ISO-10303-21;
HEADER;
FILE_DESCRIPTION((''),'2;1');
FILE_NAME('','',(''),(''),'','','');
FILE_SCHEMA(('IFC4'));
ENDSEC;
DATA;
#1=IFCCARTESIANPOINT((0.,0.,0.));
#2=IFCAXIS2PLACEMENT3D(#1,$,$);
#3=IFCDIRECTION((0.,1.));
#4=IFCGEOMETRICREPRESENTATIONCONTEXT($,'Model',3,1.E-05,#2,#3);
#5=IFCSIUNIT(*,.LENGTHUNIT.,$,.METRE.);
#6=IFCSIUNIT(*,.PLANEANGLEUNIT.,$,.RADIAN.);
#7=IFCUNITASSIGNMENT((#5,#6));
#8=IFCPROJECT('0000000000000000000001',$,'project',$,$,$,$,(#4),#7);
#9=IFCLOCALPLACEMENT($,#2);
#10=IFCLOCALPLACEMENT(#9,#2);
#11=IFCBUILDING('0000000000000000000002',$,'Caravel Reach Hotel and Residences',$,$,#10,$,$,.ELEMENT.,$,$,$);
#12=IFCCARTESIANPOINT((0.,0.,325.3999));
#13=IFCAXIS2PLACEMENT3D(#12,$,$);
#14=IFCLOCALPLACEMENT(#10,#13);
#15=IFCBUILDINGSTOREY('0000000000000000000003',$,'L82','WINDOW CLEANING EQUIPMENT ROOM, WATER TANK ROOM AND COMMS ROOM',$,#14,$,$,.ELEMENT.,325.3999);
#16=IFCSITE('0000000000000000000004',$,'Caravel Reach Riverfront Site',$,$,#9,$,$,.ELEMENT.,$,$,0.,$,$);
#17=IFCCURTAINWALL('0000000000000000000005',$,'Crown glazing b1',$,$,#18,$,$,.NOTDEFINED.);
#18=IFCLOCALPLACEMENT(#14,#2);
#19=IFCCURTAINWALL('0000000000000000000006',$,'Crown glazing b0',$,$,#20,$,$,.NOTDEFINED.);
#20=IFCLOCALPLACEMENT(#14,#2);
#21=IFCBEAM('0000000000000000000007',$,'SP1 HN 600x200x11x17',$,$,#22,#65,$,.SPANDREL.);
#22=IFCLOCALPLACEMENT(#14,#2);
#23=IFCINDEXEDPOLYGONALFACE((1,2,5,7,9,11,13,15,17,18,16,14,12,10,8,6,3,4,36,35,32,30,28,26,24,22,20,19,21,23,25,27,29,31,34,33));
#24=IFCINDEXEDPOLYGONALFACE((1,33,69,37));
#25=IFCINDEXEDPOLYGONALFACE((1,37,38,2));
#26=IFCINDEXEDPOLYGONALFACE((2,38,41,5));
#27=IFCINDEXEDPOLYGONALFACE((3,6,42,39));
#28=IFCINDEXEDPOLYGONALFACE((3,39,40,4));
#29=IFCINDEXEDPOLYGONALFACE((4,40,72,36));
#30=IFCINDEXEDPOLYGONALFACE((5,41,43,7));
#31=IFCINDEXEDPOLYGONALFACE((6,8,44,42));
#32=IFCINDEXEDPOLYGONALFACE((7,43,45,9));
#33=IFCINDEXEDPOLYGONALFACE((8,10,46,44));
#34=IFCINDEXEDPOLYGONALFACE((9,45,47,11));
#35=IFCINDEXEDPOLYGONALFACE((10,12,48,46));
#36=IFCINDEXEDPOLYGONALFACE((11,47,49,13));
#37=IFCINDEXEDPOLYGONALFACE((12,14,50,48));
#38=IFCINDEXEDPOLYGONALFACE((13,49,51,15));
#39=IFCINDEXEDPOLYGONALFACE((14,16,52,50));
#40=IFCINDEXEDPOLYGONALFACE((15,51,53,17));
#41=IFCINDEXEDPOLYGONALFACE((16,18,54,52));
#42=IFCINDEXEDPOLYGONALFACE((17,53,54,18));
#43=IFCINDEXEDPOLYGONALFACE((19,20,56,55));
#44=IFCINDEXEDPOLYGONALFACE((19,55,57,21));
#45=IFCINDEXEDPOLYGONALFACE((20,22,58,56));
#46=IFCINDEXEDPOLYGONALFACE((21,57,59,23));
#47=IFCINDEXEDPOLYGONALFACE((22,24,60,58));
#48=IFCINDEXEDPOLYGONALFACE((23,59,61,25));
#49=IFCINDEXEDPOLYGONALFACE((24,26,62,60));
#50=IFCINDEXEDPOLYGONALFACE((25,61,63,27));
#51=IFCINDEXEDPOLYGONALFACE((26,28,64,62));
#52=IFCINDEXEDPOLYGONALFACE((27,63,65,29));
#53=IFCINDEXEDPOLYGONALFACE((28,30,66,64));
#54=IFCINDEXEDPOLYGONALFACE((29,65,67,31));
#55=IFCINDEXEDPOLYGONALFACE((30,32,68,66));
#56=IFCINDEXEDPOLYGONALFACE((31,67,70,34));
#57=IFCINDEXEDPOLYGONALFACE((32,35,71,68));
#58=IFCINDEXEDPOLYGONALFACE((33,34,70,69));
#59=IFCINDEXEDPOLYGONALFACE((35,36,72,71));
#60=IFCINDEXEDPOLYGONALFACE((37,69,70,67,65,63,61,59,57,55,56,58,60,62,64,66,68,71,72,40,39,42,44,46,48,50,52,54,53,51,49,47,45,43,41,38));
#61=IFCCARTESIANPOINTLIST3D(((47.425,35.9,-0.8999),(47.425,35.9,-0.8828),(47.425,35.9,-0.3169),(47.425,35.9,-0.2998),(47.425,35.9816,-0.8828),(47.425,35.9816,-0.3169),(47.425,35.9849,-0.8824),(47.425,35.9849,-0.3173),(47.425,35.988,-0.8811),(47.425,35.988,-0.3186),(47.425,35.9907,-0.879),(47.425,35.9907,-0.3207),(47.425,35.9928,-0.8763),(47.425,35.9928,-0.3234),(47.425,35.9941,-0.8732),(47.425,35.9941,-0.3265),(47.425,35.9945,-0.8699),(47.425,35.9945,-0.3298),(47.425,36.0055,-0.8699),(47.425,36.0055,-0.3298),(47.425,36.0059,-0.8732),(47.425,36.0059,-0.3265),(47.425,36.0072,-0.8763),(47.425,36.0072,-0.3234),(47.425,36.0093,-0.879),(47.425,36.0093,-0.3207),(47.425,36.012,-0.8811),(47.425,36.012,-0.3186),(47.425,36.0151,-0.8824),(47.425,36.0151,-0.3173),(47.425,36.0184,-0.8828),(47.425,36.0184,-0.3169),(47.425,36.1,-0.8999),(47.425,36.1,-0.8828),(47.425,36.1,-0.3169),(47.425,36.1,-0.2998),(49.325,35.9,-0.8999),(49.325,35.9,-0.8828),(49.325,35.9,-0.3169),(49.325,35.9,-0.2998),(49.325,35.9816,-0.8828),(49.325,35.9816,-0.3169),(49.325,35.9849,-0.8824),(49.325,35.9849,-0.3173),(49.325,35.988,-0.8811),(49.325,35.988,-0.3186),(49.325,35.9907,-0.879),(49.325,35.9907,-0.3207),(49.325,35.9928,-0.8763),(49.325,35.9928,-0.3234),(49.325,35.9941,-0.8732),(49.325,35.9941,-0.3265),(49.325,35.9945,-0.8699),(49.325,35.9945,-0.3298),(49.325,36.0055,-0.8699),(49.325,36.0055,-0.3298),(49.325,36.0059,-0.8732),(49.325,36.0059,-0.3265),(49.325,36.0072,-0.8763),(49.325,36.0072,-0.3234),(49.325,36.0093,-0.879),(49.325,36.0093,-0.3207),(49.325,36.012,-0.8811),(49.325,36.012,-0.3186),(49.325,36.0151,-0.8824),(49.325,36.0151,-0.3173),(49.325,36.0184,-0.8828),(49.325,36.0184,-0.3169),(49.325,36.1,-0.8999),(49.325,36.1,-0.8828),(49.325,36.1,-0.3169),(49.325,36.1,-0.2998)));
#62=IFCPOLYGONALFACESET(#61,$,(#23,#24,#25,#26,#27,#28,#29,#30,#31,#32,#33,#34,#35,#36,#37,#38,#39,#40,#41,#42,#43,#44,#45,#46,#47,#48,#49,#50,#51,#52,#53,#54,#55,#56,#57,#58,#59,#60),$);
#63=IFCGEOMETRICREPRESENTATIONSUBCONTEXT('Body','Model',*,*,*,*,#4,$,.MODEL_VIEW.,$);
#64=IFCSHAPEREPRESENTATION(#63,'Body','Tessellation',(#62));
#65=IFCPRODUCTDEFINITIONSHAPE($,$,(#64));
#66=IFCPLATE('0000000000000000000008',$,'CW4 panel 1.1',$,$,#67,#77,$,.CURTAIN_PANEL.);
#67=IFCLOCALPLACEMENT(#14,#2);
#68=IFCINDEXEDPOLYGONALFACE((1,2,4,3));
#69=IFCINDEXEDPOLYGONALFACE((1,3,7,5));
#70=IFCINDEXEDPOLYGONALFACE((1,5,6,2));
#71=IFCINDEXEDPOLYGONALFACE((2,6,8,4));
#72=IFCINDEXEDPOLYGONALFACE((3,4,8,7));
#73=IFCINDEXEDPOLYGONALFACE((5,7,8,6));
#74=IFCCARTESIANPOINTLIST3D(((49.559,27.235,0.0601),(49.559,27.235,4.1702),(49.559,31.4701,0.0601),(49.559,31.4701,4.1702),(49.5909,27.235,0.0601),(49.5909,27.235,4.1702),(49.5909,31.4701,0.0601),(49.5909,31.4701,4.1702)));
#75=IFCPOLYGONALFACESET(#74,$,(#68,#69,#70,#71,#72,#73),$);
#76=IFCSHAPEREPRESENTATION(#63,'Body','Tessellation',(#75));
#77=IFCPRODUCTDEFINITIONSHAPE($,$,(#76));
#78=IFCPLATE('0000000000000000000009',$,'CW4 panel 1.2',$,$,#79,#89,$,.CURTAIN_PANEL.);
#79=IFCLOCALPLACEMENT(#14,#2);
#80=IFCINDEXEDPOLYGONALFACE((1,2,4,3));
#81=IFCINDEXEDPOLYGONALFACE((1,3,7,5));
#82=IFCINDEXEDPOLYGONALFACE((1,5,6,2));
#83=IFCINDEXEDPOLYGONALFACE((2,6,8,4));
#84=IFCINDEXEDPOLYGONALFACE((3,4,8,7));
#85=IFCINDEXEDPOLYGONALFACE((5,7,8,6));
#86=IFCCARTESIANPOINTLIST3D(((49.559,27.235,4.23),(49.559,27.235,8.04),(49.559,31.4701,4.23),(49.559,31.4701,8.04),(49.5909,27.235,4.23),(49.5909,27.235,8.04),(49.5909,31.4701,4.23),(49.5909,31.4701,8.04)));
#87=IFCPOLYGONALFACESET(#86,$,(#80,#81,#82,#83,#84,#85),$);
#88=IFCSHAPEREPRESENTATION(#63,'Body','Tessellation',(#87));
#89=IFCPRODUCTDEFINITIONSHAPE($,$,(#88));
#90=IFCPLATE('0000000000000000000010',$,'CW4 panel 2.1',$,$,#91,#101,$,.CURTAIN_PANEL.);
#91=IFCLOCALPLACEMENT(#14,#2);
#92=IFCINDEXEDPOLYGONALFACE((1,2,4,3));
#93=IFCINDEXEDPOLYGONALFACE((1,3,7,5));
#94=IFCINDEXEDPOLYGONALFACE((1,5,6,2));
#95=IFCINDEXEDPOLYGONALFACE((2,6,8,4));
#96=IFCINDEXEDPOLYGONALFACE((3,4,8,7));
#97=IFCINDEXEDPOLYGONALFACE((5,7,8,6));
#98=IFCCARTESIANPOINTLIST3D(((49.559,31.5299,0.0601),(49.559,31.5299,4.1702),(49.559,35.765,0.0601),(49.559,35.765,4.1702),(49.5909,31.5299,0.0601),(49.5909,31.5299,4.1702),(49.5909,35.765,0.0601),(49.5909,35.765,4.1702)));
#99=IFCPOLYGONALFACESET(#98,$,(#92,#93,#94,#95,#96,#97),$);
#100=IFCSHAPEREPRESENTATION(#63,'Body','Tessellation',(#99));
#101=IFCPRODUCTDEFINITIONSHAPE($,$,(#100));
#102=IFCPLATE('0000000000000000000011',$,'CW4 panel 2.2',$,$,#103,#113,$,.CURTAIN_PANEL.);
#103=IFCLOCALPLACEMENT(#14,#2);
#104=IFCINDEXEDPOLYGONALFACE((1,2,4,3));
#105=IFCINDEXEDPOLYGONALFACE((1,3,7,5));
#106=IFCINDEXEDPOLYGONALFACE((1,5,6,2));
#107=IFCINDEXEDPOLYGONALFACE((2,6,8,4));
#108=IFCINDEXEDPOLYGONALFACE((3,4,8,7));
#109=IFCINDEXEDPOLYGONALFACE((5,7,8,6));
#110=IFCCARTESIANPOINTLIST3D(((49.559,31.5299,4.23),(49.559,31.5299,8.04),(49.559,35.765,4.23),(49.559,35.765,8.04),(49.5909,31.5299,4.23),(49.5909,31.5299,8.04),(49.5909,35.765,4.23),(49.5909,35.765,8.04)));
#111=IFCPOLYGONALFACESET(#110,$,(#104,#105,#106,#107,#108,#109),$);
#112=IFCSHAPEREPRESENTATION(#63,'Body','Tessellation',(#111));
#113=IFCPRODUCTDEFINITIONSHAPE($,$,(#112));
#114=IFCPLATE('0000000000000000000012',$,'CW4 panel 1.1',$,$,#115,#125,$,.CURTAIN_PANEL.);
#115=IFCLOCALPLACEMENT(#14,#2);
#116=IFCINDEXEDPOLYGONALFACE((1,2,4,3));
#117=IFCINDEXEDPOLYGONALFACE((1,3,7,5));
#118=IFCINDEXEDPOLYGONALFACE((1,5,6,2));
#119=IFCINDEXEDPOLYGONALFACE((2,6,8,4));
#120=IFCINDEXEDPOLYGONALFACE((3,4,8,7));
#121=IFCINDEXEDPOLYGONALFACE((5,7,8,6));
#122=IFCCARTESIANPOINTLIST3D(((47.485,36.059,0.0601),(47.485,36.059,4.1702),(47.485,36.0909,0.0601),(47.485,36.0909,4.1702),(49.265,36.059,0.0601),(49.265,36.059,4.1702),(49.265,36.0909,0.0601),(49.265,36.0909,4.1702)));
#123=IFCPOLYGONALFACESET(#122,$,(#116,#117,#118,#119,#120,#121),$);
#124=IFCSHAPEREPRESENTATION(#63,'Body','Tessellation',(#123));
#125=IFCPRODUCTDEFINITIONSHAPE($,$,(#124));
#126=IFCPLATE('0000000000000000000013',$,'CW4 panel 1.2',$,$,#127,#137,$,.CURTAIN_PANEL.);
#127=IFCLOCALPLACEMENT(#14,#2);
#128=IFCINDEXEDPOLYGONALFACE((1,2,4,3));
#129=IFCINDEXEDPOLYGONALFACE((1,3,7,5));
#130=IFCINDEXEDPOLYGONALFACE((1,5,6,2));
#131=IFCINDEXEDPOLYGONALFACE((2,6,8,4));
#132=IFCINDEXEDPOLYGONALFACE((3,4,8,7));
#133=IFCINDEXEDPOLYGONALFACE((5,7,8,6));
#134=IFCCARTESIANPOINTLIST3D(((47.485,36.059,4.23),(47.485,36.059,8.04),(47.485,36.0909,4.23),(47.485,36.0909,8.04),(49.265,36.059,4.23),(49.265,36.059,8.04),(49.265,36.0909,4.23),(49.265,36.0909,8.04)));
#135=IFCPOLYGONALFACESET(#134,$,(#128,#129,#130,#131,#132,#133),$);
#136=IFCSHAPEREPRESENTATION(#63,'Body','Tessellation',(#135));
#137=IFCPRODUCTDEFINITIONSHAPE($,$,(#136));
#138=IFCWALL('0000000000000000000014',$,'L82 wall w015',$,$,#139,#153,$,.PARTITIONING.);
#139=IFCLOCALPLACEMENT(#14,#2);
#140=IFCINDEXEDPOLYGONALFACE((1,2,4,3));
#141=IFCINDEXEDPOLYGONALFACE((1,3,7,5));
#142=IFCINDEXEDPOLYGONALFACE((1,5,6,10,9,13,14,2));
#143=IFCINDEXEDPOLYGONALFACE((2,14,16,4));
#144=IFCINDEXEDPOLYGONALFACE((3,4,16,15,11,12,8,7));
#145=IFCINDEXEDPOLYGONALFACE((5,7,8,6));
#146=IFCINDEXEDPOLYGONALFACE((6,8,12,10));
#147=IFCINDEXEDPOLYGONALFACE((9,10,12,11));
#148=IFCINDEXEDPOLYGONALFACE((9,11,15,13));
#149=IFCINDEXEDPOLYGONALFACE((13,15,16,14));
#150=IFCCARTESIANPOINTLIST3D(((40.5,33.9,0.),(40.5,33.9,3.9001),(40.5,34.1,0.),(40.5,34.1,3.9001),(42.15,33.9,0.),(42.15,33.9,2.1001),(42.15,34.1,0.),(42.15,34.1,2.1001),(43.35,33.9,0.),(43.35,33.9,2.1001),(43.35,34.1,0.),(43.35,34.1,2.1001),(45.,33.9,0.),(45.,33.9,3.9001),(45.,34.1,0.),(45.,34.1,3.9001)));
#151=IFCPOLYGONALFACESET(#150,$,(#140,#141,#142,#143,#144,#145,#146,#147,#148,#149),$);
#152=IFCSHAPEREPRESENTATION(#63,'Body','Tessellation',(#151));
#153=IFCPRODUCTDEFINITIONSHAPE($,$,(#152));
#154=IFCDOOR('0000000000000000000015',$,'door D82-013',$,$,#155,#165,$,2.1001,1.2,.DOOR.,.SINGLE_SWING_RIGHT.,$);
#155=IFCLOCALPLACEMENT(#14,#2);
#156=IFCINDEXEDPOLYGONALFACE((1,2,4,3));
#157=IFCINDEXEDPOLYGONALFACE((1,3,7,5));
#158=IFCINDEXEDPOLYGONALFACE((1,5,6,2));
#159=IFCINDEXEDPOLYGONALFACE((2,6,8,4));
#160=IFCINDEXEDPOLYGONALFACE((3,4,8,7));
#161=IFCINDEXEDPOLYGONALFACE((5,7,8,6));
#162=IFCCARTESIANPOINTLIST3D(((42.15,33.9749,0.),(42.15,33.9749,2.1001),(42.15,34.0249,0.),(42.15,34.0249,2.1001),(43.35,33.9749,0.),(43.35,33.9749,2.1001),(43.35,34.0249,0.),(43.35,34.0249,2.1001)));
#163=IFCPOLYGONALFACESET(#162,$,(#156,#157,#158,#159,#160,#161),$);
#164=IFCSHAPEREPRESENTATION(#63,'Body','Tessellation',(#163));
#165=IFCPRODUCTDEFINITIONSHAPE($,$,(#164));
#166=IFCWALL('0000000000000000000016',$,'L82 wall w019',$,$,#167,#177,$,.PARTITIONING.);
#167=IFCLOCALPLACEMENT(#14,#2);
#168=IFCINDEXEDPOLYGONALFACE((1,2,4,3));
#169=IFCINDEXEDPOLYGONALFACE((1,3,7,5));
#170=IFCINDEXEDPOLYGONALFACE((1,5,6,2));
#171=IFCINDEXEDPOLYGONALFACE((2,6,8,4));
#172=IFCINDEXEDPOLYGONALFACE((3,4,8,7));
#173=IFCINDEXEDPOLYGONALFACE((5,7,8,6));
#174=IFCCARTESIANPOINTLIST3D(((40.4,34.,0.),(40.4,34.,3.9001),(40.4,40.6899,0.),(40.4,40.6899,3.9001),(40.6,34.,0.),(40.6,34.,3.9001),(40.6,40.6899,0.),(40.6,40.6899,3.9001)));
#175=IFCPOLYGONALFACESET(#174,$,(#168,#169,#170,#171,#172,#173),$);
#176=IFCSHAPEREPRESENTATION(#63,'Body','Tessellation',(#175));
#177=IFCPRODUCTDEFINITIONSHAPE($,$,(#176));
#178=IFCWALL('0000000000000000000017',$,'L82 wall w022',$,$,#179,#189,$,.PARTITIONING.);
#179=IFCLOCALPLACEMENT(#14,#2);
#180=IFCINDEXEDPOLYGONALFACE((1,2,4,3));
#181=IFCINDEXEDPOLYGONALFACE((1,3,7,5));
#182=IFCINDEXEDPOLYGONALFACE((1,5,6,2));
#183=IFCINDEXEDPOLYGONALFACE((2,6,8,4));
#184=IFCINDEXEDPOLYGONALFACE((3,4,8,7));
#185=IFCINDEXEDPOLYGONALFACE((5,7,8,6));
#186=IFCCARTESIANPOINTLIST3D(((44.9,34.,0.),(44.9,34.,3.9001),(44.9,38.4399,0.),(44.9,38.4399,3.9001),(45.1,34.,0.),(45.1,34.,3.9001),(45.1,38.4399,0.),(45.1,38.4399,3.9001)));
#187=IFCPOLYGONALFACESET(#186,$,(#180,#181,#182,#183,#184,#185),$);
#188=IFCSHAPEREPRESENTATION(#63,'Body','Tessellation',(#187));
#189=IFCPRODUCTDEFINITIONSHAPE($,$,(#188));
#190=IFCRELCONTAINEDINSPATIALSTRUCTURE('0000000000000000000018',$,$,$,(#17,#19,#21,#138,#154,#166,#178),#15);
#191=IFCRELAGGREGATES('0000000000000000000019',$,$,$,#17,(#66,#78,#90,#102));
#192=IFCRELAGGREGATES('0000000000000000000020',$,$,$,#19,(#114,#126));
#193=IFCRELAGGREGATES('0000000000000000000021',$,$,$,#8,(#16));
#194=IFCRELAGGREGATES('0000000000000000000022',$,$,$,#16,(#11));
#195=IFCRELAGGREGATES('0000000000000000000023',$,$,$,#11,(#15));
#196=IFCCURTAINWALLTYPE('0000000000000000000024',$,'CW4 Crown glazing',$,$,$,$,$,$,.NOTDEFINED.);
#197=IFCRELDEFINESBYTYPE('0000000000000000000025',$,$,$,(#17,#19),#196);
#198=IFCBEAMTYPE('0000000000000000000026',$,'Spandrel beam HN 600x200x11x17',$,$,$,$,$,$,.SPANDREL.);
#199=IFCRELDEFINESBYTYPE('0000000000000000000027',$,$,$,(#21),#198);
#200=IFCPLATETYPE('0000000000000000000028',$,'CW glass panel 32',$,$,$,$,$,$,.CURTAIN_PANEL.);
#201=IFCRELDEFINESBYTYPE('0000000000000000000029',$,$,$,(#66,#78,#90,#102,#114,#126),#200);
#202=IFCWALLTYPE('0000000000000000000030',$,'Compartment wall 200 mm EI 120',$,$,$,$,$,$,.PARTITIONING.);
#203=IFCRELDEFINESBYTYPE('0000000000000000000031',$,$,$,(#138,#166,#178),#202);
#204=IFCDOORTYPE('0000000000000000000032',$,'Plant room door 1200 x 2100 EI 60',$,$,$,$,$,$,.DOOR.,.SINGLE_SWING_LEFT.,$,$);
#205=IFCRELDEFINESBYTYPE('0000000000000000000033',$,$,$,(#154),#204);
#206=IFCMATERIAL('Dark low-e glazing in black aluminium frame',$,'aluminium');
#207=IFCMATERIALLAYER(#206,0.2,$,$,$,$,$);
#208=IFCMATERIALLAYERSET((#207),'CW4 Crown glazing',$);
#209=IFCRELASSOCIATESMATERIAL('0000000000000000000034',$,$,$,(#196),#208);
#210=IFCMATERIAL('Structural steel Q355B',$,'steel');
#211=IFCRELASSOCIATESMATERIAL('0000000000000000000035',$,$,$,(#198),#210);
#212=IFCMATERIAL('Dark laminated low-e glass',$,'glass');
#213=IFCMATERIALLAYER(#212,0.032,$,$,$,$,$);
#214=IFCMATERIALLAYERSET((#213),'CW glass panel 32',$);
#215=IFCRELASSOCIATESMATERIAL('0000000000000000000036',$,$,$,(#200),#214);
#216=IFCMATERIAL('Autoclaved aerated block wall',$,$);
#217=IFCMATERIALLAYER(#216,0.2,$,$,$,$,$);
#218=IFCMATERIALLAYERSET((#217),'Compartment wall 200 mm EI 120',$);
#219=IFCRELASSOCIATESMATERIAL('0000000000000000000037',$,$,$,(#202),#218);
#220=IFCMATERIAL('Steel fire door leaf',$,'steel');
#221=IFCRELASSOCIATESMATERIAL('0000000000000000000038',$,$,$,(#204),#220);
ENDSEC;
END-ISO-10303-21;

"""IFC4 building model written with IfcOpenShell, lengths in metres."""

from ifc_helpers import new_model, si_unit, direction, frame, frame_2d, origin, origin_2d, place, context, subcontext, project, spatial, rectangle, i_section, extrude, material, layer, layer_set, material_profile, profile_set, type_object, element, fill, aggregate, save


model = new_model("IFC4")

# Units and contexts
model_context = context("Model", 3, precision=1e-05, world=origin(), true_north=direction((0.0, 1.0)))
body_context = subcontext(model_context, "Body", "Model", "MODEL_VIEW")
ifc_project = project(units=[si_unit("LENGTHUNIT", "METRE"), si_unit("PLANEANGLEUNIT", "RADIAN")], contexts=[model_context])

# Site, building, storey
site_placement = place(None, origin())
site = spatial("IfcSite", under=ifc_project, at=site_placement, Name="Caravel Reach Riverfront Site", CompositionType="ELEMENT", RefElevation=0.0)
building_placement = place(site_placement, origin())
building = spatial("IfcBuilding", under=site, at=building_placement, Name="Caravel Reach Hotel and Residences", CompositionType="ELEMENT")
storey_placement = place(building_placement, frame((0.0, 0.0, 325.3999)))
storey = spatial("IfcBuildingStorey", under=building, at=storey_placement, Name="L82", Description="WINDOW CLEANING EQUIPMENT ROOM, WATER TANK ROOM AND COMMS ROOM", CompositionType="ELEMENT", Elevation=325.3999)

# Shared definitions
ifc_material_1 = material(Name="Dark low-e glazing in black aluminium frame", Category="aluminium")
ifc_layer_1 = layer(ifc_material_1, 0.2)
ifc_layer_set_1 = layer_set([ifc_layer_1], Name="CW4 Crown glazing")
curtain_wall_type = type_object("IfcCurtainWallType", Name="CW4 Crown glazing", PredefinedType="NOTDEFINED", material=ifc_layer_set_1)

# Curtain wall
curtain_wall_1_placement = place(storey_placement, origin())
curtain_wall_1 = element("IfcCurtainWall", 1, at=curtain_wall_1_placement, inside=storey, type_object=curtain_wall_type, Name="Crown glazing b1", PredefinedType="NOTDEFINED")

# Curtain wall
curtain_wall_2_placement = place(storey_placement, origin())
curtain_wall_2 = element("IfcCurtainWall", 2, at=curtain_wall_2_placement, inside=storey, type_object=curtain_wall_type, Name="Crown glazing b0", PredefinedType="NOTDEFINED")

# Beam
ifc_material_2 = material(Name="Structural steel Q355B", Category="steel")
ifc_material_profile_1 = material_profile(ifc_material_2, i_section(OverallWidth=0.2, OverallDepth=0.6001, WebThickness=0.011, FlangeThickness=0.0171, FilletRadius=0.0129, at=origin_2d()), Name="HN 600x200x11x17")
ifc_profile_set_1 = profile_set([ifc_material_profile_1], Name="Structural steel Q355B")
beam_type = type_object("IfcBeamType", Name="Spandrel beam HN 600x200x11x17", PredefinedType="SPANDREL", material=ifc_profile_set_1)
beam_1_placement = place(storey_placement, frame((49.325, 36.0, -0.5999), z_axis=(-1.0, 0.0, 0.0), x_axis=(0.0, -1.0, 0.0)))
element("IfcBeam", 3, at=beam_1_placement, inside=storey, type_object=beam_type, Name="SP1 HN 600x200x11x17", PredefinedType="SPANDREL", context=body_context, shape_type="SweptSolid", body=[
    extrude(i_section(OverallWidth=0.2, OverallDepth=0.6001, WebThickness=0.011, FlangeThickness=0.0171, FilletRadius=0.0129, at=origin_2d()), origin(), (0.0, 0.0, 1.0), 1.8999),
])

# Plates
ifc_material_3 = material(Name="Dark laminated low-e glass", Category="glass")
ifc_layer_2 = layer(ifc_material_3, 0.032)
ifc_layer_set_2 = layer_set([ifc_layer_2], Name="CW glass panel 32")
plate_type = type_object("IfcPlateType", Name="CW glass panel 32", PredefinedType="CURTAIN_PANEL", material=ifc_layer_set_2)
plate_1_placement = place(storey_placement, frame((49.575, 29.3525, 0.0601), z_axis=(0.0, 0.0, 1.0), x_axis=(0.0, 1.0, 0.0)))
plate_1 = element("IfcPlate", 4, at=plate_1_placement, type_object=plate_type, Name="CW4 panel 1.1", PredefinedType="CURTAIN_PANEL", context=body_context, shape_type="SweptSolid", body=[
    extrude(rectangle(XDim=4.2351, YDim=0.032, at=origin_2d()), origin(), (0.0, 0.0, 1.0), 4.1101),
])
plate_2_placement = place(storey_placement, frame((49.575, 29.3525, 4.23), z_axis=(0.0, 0.0, 1.0), x_axis=(0.0, 1.0, 0.0)))
plate_2 = element("IfcPlate", 5, at=plate_2_placement, type_object=plate_type, Name="CW4 panel 1.2", PredefinedType="CURTAIN_PANEL", context=body_context, shape_type="SweptSolid", body=[
    extrude(rectangle(XDim=4.2351, YDim=0.032, at=origin_2d()), origin(), (0.0, 0.0, 1.0), 3.8101),
])
plate_3_placement = place(storey_placement, frame((49.575, 33.6475, 0.0601), z_axis=(0.0, 0.0, 1.0), x_axis=(0.0, 1.0, 0.0)))
plate_3 = element("IfcPlate", 6, at=plate_3_placement, type_object=plate_type, Name="CW4 panel 2.1", PredefinedType="CURTAIN_PANEL", context=body_context, shape_type="SweptSolid", body=[
    extrude(rectangle(XDim=4.2351, YDim=0.032, at=origin_2d()), origin(), (0.0, 0.0, 1.0), 4.1101),
])
plate_4_placement = place(storey_placement, frame((49.575, 33.6475, 4.23), z_axis=(0.0, 0.0, 1.0), x_axis=(0.0, 1.0, 0.0)))
plate_4 = element("IfcPlate", 7, at=plate_4_placement, type_object=plate_type, Name="CW4 panel 2.2", PredefinedType="CURTAIN_PANEL", context=body_context, shape_type="SweptSolid", body=[
    extrude(rectangle(XDim=4.2351, YDim=0.032, at=origin_2d()), origin(), (0.0, 0.0, 1.0), 3.8101),
])
aggregate(curtain_wall_1, [plate_1, plate_2, plate_3, plate_4])
plate_5_placement = place(storey_placement, frame((48.375, 36.075, 0.0601), z_axis=(0.0, 0.0, 1.0), x_axis=(-1.0, 0.0, 0.0)))
plate_5 = element("IfcPlate", 8, at=plate_5_placement, type_object=plate_type, Name="CW4 panel 1.1", PredefinedType="CURTAIN_PANEL", context=body_context, shape_type="SweptSolid", body=[
    extrude(rectangle(XDim=1.78, YDim=0.032, at=origin_2d()), origin(), (0.0, 0.0, 1.0), 4.1101),
])
plate_6_placement = place(storey_placement, frame((48.375, 36.075, 4.23), z_axis=(0.0, 0.0, 1.0), x_axis=(-1.0, 0.0, 0.0)))
plate_6 = element("IfcPlate", 9, at=plate_6_placement, type_object=plate_type, Name="CW4 panel 1.2", PredefinedType="CURTAIN_PANEL", context=body_context, shape_type="SweptSolid", body=[
    extrude(rectangle(XDim=1.78, YDim=0.032, at=origin_2d()), origin(), (0.0, 0.0, 1.0), 3.8101),
])
aggregate(curtain_wall_2, [plate_5, plate_6])

# Wall, opening, door
ifc_material_4 = material(Name="Autoclaved aerated block wall")
ifc_layer_3 = layer(ifc_material_4, 0.2)
ifc_layer_set_3 = layer_set([ifc_layer_3], Name="Compartment wall 200 mm EI 120")
wall_type_1 = type_object("IfcWallType", Name="Compartment wall 200 mm EI 120", PredefinedType="PARTITIONING", material=ifc_layer_set_3)
wall_1_placement = place(storey_placement, frame((40.5, 34.0, 0.0), z_axis=(0.0, 0.0, 1.0), x_axis=(1.0, 0.0, 0.0)))
wall_1 = element("IfcWall", 10, at=wall_1_placement, inside=storey, type_object=wall_type_1, Name="L82 wall w015", PredefinedType="PARTITIONING", context=body_context, shape_type="SweptSolid", body=[
    extrude(rectangle(XDim=4.5, YDim=0.2, at=frame_2d((2.25, 0.0))), origin(), (0.0, 0.0, 1.0), 3.9001),
])
opening_1_placement = place(wall_1_placement, frame((1.6499, 0.0, 0.0)))
opening_1 = element("IfcOpeningElement", 11, at=opening_1_placement, cuts=wall_1, PredefinedType="OPENING", context=body_context, shape_type="SweptSolid", body=[
    extrude(rectangle(XDim=1.2, YDim=2.1001, at=frame_2d((0.6001, 1.05))), frame((0.0, 0.1099, 0.0), z_axis=(0.0, -1.0, 0.0), x_axis=(1.0, 0.0, 0.0)), (0.0, 0.0, 1.0), 0.22),
])
ifc_material_5 = material(Name="Steel fire door leaf", Category="steel")
door_type_1 = type_object("IfcDoorType", Name="Plant room door 1200 x 2100 EI 60", OperationType="SINGLE_SWING_LEFT", PredefinedType="DOOR", material=ifc_material_5)
door_1_placement = place(opening_1_placement, origin())
door_1 = element("IfcDoor", 12, at=door_1_placement, inside=storey, type_object=door_type_1, Name="door D82-013", OperationType="SINGLE_SWING_RIGHT", OverallHeight=2.1001, OverallWidth=1.2, PredefinedType="DOOR", context=body_context, shape_type="SweptSolid", body=[
    extrude(rectangle(XDim=1.2, YDim=2.1001, at=frame_2d((0.6001, 1.05))), frame((0.0, 0.0249, 0.0), z_axis=(0.0, -1.0, 0.0), x_axis=(1.0, 0.0, 0.0)), (0.0, 0.0, 1.0), 0.05),
])
fill(opening_1, door_1)

# Walls
wall_2_placement = place(storey_placement, frame((40.5, 34.0, 0.0), z_axis=(0.0, 0.0, 1.0), x_axis=(0.0, 1.0, 0.0)))
element("IfcWall", 13, at=wall_2_placement, inside=storey, type_object=wall_type_1, Name="L82 wall w019", PredefinedType="PARTITIONING", context=body_context, shape_type="SweptSolid", body=[
    extrude(rectangle(XDim=6.6899, YDim=0.2, at=frame_2d((3.345, 0.0))), origin(), (0.0, 0.0, 1.0), 3.9001),
])
wall_3_placement = place(storey_placement, frame((45.0, 34.0, 0.0), z_axis=(0.0, 0.0, 1.0), x_axis=(0.0, 1.0, 0.0)))
element("IfcWall", 14, at=wall_3_placement, inside=storey, type_object=wall_type_1, Name="L82 wall w022", PredefinedType="PARTITIONING", context=body_context, shape_type="SweptSolid", body=[
    extrude(rectangle(XDim=4.4399, YDim=0.2, at=frame_2d((2.22, 0.0))), origin(), (0.0, 0.0, 1.0), 3.9001),
])

save(model, "model.ifc")
